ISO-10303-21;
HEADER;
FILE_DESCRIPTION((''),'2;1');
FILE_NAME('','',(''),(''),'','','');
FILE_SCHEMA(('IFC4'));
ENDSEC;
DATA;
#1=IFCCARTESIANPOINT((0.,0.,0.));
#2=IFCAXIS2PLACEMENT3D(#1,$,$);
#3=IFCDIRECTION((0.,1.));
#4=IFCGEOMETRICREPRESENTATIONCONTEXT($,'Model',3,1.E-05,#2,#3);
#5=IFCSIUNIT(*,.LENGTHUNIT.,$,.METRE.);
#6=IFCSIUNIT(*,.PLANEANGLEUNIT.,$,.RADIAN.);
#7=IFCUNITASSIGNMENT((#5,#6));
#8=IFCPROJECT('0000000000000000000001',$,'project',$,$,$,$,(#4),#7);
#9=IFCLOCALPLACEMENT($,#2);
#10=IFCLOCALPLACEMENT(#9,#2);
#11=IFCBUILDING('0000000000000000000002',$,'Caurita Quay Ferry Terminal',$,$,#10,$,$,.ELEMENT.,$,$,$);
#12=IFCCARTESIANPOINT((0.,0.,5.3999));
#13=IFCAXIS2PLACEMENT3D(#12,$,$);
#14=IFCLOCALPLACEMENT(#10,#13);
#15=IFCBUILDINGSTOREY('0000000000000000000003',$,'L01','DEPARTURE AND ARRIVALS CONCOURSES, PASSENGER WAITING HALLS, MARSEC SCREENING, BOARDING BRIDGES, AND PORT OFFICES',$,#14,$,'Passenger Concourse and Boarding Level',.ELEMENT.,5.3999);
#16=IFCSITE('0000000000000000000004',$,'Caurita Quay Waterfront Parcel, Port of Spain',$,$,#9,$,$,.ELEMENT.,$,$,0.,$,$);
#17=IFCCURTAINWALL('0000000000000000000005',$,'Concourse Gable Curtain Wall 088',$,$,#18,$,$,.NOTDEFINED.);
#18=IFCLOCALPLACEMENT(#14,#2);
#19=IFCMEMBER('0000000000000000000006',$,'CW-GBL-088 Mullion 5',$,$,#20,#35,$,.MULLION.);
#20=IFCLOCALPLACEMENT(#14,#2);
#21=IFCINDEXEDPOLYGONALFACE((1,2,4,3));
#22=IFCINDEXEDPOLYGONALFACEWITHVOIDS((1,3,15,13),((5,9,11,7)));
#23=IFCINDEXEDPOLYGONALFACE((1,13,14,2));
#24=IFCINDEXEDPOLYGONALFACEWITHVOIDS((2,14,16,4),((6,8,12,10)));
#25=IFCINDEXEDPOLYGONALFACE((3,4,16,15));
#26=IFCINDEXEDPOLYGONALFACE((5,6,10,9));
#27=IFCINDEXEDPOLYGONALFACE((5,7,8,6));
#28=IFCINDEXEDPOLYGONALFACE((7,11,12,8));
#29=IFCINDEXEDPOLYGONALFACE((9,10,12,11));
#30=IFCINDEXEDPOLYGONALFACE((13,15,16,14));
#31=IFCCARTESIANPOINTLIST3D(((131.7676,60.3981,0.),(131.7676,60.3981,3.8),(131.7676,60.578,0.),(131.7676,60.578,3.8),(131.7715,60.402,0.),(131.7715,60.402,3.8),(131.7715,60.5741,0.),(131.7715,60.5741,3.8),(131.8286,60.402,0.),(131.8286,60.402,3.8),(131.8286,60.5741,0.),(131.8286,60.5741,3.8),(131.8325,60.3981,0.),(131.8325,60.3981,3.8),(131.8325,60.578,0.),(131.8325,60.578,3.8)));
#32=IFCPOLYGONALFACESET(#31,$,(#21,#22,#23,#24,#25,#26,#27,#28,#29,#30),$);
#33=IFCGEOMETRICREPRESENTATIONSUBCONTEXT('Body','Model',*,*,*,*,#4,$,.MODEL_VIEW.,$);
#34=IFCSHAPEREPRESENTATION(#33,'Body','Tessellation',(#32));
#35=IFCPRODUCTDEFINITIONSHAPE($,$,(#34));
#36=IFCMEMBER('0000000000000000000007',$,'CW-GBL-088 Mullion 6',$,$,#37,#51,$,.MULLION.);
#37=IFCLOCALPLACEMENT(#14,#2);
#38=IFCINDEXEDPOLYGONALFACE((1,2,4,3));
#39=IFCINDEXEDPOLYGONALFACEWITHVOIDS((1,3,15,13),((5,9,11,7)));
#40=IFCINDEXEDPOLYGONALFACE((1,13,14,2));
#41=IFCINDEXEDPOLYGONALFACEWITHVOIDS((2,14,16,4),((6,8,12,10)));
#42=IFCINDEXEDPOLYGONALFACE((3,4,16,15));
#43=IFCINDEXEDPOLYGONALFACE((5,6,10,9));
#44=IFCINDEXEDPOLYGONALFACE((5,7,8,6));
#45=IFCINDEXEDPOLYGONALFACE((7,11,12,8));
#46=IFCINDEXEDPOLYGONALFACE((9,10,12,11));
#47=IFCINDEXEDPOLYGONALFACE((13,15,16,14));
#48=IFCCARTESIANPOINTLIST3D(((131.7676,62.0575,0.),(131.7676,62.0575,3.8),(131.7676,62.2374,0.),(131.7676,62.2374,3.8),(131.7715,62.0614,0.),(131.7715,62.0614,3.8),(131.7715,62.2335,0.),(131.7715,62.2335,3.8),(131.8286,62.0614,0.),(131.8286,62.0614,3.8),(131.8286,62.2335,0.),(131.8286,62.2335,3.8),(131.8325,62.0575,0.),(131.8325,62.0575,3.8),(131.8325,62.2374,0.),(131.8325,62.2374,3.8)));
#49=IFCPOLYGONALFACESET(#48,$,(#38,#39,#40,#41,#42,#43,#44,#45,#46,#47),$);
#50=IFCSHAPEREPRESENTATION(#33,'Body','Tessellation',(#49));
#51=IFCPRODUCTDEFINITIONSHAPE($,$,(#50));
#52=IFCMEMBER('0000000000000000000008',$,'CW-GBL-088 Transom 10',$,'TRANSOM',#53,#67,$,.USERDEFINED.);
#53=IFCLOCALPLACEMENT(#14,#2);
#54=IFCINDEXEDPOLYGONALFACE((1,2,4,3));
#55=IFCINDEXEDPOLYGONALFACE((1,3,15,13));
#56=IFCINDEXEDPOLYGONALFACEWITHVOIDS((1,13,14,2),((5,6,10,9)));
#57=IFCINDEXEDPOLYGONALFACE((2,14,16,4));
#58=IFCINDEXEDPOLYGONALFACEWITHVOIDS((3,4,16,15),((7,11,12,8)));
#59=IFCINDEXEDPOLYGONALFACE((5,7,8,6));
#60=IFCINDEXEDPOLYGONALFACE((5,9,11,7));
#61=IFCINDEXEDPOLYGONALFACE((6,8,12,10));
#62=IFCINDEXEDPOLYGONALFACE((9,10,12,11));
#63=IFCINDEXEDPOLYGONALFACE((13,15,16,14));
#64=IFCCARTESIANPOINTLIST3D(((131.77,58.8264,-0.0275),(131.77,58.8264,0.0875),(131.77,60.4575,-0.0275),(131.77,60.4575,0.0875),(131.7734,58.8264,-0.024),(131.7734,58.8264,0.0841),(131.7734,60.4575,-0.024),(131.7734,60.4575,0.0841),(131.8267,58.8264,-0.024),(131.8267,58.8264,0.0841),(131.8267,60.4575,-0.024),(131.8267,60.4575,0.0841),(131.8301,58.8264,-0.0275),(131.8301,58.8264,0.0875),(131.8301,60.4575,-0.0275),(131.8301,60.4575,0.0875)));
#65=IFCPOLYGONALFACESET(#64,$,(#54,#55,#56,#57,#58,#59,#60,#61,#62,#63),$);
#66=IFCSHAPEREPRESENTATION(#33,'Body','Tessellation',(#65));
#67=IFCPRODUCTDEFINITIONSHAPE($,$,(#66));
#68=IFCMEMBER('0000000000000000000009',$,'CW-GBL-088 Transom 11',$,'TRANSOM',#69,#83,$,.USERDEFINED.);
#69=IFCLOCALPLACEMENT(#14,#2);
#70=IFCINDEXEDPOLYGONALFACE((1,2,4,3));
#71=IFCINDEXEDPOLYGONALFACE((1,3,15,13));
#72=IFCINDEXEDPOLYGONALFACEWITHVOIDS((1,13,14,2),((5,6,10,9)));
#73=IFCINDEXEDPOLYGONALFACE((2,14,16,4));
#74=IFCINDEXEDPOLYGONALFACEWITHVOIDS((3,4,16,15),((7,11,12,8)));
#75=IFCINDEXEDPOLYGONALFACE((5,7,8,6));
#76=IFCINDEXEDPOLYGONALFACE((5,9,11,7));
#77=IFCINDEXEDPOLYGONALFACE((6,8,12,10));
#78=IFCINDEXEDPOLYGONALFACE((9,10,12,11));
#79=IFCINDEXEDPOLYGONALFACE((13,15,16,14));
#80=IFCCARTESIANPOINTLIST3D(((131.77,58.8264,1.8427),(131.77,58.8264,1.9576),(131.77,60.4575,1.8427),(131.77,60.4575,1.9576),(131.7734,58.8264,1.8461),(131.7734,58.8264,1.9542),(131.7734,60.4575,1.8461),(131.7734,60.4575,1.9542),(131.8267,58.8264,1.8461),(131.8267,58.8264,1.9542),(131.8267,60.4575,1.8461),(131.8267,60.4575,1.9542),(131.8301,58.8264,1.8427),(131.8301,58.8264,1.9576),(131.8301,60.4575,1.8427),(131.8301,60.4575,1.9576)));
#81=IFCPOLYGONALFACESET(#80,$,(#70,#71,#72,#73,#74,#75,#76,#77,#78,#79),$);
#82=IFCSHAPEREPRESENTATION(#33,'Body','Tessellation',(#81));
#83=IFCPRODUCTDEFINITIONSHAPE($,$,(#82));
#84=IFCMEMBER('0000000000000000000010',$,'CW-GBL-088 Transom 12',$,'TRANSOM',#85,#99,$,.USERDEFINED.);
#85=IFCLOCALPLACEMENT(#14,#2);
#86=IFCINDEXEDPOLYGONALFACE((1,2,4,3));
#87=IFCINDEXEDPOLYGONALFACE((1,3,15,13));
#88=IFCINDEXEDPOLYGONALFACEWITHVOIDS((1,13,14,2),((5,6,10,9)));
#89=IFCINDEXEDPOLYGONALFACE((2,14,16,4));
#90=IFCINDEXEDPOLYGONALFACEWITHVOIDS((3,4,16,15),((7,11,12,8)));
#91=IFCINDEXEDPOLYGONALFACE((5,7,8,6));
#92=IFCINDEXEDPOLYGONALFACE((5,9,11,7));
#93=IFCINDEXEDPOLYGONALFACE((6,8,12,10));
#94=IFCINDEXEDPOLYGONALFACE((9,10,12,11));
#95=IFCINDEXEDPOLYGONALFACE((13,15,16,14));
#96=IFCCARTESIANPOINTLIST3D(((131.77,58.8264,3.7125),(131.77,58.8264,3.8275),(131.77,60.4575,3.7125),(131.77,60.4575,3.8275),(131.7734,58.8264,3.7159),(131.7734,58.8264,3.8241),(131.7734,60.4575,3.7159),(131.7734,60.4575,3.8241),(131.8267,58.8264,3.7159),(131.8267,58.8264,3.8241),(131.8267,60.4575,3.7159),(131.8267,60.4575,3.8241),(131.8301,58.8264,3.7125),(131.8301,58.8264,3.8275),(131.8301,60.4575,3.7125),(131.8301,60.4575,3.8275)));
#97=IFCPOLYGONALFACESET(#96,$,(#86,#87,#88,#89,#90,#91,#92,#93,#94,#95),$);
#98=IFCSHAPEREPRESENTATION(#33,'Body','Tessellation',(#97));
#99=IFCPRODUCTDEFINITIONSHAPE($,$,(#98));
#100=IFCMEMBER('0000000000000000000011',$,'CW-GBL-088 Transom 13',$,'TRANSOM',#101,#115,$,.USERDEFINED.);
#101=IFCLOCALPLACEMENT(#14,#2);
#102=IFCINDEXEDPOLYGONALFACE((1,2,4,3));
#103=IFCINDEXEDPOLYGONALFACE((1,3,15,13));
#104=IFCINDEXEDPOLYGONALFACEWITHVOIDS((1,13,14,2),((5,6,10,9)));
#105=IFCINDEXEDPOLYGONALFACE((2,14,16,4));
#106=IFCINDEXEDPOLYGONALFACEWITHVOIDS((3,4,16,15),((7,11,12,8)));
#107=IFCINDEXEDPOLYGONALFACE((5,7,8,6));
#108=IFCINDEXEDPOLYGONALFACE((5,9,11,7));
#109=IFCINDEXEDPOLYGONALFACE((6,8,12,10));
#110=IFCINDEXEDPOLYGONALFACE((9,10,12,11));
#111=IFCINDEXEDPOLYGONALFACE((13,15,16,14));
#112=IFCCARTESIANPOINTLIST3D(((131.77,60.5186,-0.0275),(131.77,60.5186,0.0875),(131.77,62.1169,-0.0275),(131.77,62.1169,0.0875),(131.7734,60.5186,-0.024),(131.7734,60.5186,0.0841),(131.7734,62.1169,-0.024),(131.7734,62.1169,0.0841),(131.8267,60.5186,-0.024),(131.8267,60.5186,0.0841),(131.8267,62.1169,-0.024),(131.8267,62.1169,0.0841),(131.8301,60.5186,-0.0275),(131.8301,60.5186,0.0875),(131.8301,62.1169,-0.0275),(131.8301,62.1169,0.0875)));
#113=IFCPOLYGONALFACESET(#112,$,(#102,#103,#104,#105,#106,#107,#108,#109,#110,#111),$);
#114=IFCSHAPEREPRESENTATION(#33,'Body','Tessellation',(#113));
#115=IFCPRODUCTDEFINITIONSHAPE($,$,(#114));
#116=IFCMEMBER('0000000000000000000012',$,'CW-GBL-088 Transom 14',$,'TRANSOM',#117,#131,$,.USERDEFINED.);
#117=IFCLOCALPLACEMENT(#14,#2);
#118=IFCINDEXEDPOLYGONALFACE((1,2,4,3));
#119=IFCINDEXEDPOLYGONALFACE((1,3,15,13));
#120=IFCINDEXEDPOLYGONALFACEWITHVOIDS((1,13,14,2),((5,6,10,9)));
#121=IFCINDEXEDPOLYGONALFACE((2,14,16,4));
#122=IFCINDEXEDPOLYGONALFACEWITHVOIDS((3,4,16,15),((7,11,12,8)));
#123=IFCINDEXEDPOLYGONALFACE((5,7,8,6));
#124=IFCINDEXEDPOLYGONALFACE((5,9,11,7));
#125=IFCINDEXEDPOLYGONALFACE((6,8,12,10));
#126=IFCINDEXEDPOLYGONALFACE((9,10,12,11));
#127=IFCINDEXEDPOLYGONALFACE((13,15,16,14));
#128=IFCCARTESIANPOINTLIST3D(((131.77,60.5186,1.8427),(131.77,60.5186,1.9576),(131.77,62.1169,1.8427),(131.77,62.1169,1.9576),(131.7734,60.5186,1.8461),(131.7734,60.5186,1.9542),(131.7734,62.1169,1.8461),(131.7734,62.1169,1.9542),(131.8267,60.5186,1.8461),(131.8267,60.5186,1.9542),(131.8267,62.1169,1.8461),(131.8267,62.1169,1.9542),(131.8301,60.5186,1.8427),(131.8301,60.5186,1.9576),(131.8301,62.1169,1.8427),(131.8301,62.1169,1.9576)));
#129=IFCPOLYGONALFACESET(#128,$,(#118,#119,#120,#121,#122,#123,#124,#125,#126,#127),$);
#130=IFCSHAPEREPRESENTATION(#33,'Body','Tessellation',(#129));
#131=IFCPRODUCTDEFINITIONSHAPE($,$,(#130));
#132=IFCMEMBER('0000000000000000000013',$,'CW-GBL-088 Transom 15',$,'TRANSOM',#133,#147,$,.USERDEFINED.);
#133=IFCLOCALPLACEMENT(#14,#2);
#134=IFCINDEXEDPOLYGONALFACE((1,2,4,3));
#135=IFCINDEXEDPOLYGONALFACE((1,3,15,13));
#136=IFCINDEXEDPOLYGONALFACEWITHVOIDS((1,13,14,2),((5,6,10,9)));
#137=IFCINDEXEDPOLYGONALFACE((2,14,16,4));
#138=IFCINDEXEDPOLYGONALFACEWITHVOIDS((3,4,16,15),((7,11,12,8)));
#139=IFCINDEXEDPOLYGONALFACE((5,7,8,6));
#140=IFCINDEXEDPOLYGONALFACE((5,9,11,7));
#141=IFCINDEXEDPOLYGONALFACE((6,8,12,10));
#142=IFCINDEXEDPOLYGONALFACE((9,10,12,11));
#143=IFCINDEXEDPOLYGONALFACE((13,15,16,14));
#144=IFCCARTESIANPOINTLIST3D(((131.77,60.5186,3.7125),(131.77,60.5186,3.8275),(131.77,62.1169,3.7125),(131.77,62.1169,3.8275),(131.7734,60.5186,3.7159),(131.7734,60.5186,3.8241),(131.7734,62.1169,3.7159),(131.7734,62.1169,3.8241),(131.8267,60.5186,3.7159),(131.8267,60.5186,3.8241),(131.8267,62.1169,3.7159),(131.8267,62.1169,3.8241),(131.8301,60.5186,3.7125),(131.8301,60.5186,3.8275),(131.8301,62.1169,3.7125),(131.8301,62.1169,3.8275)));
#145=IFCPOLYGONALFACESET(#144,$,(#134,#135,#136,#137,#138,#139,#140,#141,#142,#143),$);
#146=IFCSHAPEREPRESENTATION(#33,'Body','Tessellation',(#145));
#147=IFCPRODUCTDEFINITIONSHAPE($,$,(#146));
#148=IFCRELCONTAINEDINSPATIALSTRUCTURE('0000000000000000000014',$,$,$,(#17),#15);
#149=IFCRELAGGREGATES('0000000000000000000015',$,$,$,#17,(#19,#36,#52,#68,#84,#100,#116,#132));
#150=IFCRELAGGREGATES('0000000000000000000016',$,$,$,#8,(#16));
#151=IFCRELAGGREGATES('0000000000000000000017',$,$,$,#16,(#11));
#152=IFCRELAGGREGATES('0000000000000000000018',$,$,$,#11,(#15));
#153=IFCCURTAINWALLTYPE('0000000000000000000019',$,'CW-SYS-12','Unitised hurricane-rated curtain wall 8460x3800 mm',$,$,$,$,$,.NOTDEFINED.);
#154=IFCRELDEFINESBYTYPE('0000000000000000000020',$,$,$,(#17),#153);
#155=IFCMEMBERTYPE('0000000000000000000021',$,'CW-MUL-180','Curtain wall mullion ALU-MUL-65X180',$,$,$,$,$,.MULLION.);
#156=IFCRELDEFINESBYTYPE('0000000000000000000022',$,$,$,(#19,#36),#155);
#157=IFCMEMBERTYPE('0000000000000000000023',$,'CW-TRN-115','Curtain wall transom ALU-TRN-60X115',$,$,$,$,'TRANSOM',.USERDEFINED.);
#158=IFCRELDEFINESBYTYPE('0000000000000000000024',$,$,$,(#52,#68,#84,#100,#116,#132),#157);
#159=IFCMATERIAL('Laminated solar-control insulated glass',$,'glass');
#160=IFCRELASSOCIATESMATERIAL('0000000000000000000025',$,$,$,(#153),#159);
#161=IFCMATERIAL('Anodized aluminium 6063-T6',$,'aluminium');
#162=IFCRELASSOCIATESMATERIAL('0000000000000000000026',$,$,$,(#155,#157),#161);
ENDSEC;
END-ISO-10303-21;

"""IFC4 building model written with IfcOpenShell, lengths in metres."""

from ifc_helpers import new_model, si_unit, direction, frame, origin, origin_2d, place, context, subcontext, project, spatial, hollow_rectangle, extrude, material, material_profile, profile_set, type_object, element, aggregate, save


model = new_model("IFC4")

# Units and contexts
model_context = context("Model", 3, precision=1e-05, world=origin(), true_north=direction((0.0, 1.0)))
body_context = subcontext(model_context, "Body", "Model", "MODEL_VIEW")
ifc_project = project(units=[si_unit("LENGTHUNIT", "METRE"), si_unit("PLANEANGLEUNIT", "RADIAN")], contexts=[model_context])

# Site, building, storey
site_placement = place(None, origin())
site = spatial("IfcSite", under=ifc_project, at=site_placement, Name="Caurita Quay Waterfront Parcel, Port of Spain", CompositionType="ELEMENT", RefElevation=0.0)
building_placement = place(site_placement, origin())
building = spatial("IfcBuilding", under=site, at=building_placement, Name="Caurita Quay Ferry Terminal", CompositionType="ELEMENT")
storey_placement = place(building_placement, frame((0.0, 0.0, 5.3999)))
storey = spatial("IfcBuildingStorey", under=building, at=storey_placement, Name="L01", Description="DEPARTURE AND ARRIVALS CONCOURSES, PASSENGER WAITING HALLS, MARSEC SCREENING, BOARDING BRIDGES, AND PORT OFFICES", LongName="Passenger Concourse and Boarding Level", CompositionType="ELEMENT", Elevation=5.3999)

# Curtain wall, members
ifc_material_1 = material(Name="Laminated solar-control insulated glass", Category="glass")
curtain_wall_type = type_object("IfcCurtainWallType", Name="CW-SYS-12", Description="Unitised hurricane-rated curtain wall 8460x3800 mm", PredefinedType="NOTDEFINED", material=ifc_material_1)
curtain_wall_placement = place(storey_placement, origin())
curtain_wall = element("IfcCurtainWall", 1, at=curtain_wall_placement, inside=storey, type_object=curtain_wall_type, Name="Concourse Gable Curtain Wall 088", PredefinedType="NOTDEFINED")
ifc_material_2 = material(Name="Anodized aluminium 6063-T6", Category="aluminium")
ifc_material_profile_1 = material_profile(ifc_material_2, hollow_rectangle(XDim=0.0649, YDim=0.1799, WallThickness=0.0039, at=origin_2d()), Name="ALU-MUL-65X180")
ifc_profile_set_1 = profile_set([ifc_material_profile_1], Name="Anodized aluminium 6063-T6")
member_type_1 = type_object("IfcMemberType", Name="CW-MUL-180", Description="Curtain wall mullion ALU-MUL-65X180", PredefinedType="MULLION", material=ifc_profile_set_1)
member_1_placement = place(storey_placement, frame((131.8, 60.488, 0.0), z_axis=(0.0, 0.0, 1.0), x_axis=(-1.0, 0.0, 0.0)))
member_1 = element("IfcMember", 2, at=member_1_placement, type_object=member_type_1, Name="CW-GBL-088 Mullion 5", PredefinedType="MULLION", context=body_context, shape_type="SweptSolid", body=[
    extrude(hollow_rectangle(XDim=0.0649, YDim=0.1799, WallThickness=0.0039, at=origin_2d()), origin(), (0.0, 0.0, 1.0), 3.8),
])
member_2_placement = place(storey_placement, frame((131.8, 62.1475, 0.0), z_axis=(0.0, 0.0, 1.0), x_axis=(-1.0, 0.0, 0.0)))
member_2 = element("IfcMember", 3, at=member_2_placement, type_object=member_type_1, Name="CW-GBL-088 Mullion 6", PredefinedType="MULLION", context=body_context, shape_type="SweptSolid", body=[
    extrude(hollow_rectangle(XDim=0.0649, YDim=0.1799, WallThickness=0.0039, at=origin_2d()), origin(), (0.0, 0.0, 1.0), 3.8),
])
ifc_material_profile_2 = material_profile(ifc_material_2, hollow_rectangle(XDim=0.0601, YDim=0.115, WallThickness=0.0034, at=origin_2d()), Name="ALU-TRN-60X115")
ifc_profile_set_2 = profile_set([ifc_material_profile_2], Name="Anodized aluminium 6063-T6")
member_type_2 = type_object("IfcMemberType", Name="CW-TRN-115", Description="Curtain wall transom ALU-TRN-60X115", ElementType="TRANSOM", PredefinedType="USERDEFINED", material=ifc_profile_set_2)
member_3_placement = place(storey_placement, frame((131.8, 58.8264, 0.03), z_axis=(0.0, 1.0, 0.0), x_axis=(-1.0, 0.0, 0.0)))
member_3 = element("IfcMember", 4, at=member_3_placement, type_object=member_type_2, Name="CW-GBL-088 Transom 10", ObjectType="TRANSOM", PredefinedType="USERDEFINED", context=body_context, shape_type="SweptSolid", body=[
    extrude(hollow_rectangle(XDim=0.0601, YDim=0.115, WallThickness=0.0034, at=origin_2d()), origin(), (0.0, 0.0, 1.0), 1.6311),
])
member_4_placement = place(storey_placement, frame((131.8, 58.8264, 1.9001), z_axis=(0.0, 1.0, 0.0), x_axis=(-1.0, 0.0, 0.0)))
member_4 = element("IfcMember", 5, at=member_4_placement, type_object=member_type_2, Name="CW-GBL-088 Transom 11", ObjectType="TRANSOM", PredefinedType="USERDEFINED", context=body_context, shape_type="SweptSolid", body=[
    extrude(hollow_rectangle(XDim=0.0601, YDim=0.115, WallThickness=0.0034, at=origin_2d()), origin(), (0.0, 0.0, 1.0), 1.6311),
])
member_5_placement = place(storey_placement, frame((131.8, 58.8264, 3.77), z_axis=(0.0, 1.0, 0.0), x_axis=(-1.0, 0.0, 0.0)))
member_5 = element("IfcMember", 6, at=member_5_placement, type_object=member_type_2, Name="CW-GBL-088 Transom 12", ObjectType="TRANSOM", PredefinedType="USERDEFINED", context=body_context, shape_type="SweptSolid", body=[
    extrude(hollow_rectangle(XDim=0.0601, YDim=0.115, WallThickness=0.0034, at=origin_2d()), origin(), (0.0, 0.0, 1.0), 1.6311),
])
member_6_placement = place(storey_placement, frame((131.8, 60.5186, 0.03), z_axis=(0.0, 1.0, 0.0), x_axis=(-1.0, 0.0, 0.0)))
member_6 = element("IfcMember", 7, at=member_6_placement, type_object=member_type_2, Name="CW-GBL-088 Transom 13", ObjectType="TRANSOM", PredefinedType="USERDEFINED", context=body_context, shape_type="SweptSolid", body=[
    extrude(hollow_rectangle(XDim=0.0601, YDim=0.115, WallThickness=0.0034, at=origin_2d()), origin(), (0.0, 0.0, 1.0), 1.5984),
])
member_7_placement = place(storey_placement, frame((131.8, 60.5186, 1.9001), z_axis=(0.0, 1.0, 0.0), x_axis=(-1.0, 0.0, 0.0)))
member_7 = element("IfcMember", 8, at=member_7_placement, type_object=member_type_2, Name="CW-GBL-088 Transom 14", ObjectType="TRANSOM", PredefinedType="USERDEFINED", context=body_context, shape_type="SweptSolid", body=[
    extrude(hollow_rectangle(XDim=0.0601, YDim=0.115, WallThickness=0.0034, at=origin_2d()), origin(), (0.0, 0.0, 1.0), 1.5984),
])
member_8_placement = place(storey_placement, frame((131.8, 60.5186, 3.77), z_axis=(0.0, 1.0, 0.0), x_axis=(-1.0, 0.0, 0.0)))
member_8 = element("IfcMember", 9, at=member_8_placement, type_object=member_type_2, Name="CW-GBL-088 Transom 15", ObjectType="TRANSOM", PredefinedType="USERDEFINED", context=body_context, shape_type="SweptSolid", body=[
    extrude(hollow_rectangle(XDim=0.0601, YDim=0.115, WallThickness=0.0034, at=origin_2d()), origin(), (0.0, 0.0, 1.0), 1.5984),
])

aggregate(curtain_wall, [member_1, member_2, member_3, member_4, member_5, member_6, member_7, member_8])

save(model, "model.ifc")
